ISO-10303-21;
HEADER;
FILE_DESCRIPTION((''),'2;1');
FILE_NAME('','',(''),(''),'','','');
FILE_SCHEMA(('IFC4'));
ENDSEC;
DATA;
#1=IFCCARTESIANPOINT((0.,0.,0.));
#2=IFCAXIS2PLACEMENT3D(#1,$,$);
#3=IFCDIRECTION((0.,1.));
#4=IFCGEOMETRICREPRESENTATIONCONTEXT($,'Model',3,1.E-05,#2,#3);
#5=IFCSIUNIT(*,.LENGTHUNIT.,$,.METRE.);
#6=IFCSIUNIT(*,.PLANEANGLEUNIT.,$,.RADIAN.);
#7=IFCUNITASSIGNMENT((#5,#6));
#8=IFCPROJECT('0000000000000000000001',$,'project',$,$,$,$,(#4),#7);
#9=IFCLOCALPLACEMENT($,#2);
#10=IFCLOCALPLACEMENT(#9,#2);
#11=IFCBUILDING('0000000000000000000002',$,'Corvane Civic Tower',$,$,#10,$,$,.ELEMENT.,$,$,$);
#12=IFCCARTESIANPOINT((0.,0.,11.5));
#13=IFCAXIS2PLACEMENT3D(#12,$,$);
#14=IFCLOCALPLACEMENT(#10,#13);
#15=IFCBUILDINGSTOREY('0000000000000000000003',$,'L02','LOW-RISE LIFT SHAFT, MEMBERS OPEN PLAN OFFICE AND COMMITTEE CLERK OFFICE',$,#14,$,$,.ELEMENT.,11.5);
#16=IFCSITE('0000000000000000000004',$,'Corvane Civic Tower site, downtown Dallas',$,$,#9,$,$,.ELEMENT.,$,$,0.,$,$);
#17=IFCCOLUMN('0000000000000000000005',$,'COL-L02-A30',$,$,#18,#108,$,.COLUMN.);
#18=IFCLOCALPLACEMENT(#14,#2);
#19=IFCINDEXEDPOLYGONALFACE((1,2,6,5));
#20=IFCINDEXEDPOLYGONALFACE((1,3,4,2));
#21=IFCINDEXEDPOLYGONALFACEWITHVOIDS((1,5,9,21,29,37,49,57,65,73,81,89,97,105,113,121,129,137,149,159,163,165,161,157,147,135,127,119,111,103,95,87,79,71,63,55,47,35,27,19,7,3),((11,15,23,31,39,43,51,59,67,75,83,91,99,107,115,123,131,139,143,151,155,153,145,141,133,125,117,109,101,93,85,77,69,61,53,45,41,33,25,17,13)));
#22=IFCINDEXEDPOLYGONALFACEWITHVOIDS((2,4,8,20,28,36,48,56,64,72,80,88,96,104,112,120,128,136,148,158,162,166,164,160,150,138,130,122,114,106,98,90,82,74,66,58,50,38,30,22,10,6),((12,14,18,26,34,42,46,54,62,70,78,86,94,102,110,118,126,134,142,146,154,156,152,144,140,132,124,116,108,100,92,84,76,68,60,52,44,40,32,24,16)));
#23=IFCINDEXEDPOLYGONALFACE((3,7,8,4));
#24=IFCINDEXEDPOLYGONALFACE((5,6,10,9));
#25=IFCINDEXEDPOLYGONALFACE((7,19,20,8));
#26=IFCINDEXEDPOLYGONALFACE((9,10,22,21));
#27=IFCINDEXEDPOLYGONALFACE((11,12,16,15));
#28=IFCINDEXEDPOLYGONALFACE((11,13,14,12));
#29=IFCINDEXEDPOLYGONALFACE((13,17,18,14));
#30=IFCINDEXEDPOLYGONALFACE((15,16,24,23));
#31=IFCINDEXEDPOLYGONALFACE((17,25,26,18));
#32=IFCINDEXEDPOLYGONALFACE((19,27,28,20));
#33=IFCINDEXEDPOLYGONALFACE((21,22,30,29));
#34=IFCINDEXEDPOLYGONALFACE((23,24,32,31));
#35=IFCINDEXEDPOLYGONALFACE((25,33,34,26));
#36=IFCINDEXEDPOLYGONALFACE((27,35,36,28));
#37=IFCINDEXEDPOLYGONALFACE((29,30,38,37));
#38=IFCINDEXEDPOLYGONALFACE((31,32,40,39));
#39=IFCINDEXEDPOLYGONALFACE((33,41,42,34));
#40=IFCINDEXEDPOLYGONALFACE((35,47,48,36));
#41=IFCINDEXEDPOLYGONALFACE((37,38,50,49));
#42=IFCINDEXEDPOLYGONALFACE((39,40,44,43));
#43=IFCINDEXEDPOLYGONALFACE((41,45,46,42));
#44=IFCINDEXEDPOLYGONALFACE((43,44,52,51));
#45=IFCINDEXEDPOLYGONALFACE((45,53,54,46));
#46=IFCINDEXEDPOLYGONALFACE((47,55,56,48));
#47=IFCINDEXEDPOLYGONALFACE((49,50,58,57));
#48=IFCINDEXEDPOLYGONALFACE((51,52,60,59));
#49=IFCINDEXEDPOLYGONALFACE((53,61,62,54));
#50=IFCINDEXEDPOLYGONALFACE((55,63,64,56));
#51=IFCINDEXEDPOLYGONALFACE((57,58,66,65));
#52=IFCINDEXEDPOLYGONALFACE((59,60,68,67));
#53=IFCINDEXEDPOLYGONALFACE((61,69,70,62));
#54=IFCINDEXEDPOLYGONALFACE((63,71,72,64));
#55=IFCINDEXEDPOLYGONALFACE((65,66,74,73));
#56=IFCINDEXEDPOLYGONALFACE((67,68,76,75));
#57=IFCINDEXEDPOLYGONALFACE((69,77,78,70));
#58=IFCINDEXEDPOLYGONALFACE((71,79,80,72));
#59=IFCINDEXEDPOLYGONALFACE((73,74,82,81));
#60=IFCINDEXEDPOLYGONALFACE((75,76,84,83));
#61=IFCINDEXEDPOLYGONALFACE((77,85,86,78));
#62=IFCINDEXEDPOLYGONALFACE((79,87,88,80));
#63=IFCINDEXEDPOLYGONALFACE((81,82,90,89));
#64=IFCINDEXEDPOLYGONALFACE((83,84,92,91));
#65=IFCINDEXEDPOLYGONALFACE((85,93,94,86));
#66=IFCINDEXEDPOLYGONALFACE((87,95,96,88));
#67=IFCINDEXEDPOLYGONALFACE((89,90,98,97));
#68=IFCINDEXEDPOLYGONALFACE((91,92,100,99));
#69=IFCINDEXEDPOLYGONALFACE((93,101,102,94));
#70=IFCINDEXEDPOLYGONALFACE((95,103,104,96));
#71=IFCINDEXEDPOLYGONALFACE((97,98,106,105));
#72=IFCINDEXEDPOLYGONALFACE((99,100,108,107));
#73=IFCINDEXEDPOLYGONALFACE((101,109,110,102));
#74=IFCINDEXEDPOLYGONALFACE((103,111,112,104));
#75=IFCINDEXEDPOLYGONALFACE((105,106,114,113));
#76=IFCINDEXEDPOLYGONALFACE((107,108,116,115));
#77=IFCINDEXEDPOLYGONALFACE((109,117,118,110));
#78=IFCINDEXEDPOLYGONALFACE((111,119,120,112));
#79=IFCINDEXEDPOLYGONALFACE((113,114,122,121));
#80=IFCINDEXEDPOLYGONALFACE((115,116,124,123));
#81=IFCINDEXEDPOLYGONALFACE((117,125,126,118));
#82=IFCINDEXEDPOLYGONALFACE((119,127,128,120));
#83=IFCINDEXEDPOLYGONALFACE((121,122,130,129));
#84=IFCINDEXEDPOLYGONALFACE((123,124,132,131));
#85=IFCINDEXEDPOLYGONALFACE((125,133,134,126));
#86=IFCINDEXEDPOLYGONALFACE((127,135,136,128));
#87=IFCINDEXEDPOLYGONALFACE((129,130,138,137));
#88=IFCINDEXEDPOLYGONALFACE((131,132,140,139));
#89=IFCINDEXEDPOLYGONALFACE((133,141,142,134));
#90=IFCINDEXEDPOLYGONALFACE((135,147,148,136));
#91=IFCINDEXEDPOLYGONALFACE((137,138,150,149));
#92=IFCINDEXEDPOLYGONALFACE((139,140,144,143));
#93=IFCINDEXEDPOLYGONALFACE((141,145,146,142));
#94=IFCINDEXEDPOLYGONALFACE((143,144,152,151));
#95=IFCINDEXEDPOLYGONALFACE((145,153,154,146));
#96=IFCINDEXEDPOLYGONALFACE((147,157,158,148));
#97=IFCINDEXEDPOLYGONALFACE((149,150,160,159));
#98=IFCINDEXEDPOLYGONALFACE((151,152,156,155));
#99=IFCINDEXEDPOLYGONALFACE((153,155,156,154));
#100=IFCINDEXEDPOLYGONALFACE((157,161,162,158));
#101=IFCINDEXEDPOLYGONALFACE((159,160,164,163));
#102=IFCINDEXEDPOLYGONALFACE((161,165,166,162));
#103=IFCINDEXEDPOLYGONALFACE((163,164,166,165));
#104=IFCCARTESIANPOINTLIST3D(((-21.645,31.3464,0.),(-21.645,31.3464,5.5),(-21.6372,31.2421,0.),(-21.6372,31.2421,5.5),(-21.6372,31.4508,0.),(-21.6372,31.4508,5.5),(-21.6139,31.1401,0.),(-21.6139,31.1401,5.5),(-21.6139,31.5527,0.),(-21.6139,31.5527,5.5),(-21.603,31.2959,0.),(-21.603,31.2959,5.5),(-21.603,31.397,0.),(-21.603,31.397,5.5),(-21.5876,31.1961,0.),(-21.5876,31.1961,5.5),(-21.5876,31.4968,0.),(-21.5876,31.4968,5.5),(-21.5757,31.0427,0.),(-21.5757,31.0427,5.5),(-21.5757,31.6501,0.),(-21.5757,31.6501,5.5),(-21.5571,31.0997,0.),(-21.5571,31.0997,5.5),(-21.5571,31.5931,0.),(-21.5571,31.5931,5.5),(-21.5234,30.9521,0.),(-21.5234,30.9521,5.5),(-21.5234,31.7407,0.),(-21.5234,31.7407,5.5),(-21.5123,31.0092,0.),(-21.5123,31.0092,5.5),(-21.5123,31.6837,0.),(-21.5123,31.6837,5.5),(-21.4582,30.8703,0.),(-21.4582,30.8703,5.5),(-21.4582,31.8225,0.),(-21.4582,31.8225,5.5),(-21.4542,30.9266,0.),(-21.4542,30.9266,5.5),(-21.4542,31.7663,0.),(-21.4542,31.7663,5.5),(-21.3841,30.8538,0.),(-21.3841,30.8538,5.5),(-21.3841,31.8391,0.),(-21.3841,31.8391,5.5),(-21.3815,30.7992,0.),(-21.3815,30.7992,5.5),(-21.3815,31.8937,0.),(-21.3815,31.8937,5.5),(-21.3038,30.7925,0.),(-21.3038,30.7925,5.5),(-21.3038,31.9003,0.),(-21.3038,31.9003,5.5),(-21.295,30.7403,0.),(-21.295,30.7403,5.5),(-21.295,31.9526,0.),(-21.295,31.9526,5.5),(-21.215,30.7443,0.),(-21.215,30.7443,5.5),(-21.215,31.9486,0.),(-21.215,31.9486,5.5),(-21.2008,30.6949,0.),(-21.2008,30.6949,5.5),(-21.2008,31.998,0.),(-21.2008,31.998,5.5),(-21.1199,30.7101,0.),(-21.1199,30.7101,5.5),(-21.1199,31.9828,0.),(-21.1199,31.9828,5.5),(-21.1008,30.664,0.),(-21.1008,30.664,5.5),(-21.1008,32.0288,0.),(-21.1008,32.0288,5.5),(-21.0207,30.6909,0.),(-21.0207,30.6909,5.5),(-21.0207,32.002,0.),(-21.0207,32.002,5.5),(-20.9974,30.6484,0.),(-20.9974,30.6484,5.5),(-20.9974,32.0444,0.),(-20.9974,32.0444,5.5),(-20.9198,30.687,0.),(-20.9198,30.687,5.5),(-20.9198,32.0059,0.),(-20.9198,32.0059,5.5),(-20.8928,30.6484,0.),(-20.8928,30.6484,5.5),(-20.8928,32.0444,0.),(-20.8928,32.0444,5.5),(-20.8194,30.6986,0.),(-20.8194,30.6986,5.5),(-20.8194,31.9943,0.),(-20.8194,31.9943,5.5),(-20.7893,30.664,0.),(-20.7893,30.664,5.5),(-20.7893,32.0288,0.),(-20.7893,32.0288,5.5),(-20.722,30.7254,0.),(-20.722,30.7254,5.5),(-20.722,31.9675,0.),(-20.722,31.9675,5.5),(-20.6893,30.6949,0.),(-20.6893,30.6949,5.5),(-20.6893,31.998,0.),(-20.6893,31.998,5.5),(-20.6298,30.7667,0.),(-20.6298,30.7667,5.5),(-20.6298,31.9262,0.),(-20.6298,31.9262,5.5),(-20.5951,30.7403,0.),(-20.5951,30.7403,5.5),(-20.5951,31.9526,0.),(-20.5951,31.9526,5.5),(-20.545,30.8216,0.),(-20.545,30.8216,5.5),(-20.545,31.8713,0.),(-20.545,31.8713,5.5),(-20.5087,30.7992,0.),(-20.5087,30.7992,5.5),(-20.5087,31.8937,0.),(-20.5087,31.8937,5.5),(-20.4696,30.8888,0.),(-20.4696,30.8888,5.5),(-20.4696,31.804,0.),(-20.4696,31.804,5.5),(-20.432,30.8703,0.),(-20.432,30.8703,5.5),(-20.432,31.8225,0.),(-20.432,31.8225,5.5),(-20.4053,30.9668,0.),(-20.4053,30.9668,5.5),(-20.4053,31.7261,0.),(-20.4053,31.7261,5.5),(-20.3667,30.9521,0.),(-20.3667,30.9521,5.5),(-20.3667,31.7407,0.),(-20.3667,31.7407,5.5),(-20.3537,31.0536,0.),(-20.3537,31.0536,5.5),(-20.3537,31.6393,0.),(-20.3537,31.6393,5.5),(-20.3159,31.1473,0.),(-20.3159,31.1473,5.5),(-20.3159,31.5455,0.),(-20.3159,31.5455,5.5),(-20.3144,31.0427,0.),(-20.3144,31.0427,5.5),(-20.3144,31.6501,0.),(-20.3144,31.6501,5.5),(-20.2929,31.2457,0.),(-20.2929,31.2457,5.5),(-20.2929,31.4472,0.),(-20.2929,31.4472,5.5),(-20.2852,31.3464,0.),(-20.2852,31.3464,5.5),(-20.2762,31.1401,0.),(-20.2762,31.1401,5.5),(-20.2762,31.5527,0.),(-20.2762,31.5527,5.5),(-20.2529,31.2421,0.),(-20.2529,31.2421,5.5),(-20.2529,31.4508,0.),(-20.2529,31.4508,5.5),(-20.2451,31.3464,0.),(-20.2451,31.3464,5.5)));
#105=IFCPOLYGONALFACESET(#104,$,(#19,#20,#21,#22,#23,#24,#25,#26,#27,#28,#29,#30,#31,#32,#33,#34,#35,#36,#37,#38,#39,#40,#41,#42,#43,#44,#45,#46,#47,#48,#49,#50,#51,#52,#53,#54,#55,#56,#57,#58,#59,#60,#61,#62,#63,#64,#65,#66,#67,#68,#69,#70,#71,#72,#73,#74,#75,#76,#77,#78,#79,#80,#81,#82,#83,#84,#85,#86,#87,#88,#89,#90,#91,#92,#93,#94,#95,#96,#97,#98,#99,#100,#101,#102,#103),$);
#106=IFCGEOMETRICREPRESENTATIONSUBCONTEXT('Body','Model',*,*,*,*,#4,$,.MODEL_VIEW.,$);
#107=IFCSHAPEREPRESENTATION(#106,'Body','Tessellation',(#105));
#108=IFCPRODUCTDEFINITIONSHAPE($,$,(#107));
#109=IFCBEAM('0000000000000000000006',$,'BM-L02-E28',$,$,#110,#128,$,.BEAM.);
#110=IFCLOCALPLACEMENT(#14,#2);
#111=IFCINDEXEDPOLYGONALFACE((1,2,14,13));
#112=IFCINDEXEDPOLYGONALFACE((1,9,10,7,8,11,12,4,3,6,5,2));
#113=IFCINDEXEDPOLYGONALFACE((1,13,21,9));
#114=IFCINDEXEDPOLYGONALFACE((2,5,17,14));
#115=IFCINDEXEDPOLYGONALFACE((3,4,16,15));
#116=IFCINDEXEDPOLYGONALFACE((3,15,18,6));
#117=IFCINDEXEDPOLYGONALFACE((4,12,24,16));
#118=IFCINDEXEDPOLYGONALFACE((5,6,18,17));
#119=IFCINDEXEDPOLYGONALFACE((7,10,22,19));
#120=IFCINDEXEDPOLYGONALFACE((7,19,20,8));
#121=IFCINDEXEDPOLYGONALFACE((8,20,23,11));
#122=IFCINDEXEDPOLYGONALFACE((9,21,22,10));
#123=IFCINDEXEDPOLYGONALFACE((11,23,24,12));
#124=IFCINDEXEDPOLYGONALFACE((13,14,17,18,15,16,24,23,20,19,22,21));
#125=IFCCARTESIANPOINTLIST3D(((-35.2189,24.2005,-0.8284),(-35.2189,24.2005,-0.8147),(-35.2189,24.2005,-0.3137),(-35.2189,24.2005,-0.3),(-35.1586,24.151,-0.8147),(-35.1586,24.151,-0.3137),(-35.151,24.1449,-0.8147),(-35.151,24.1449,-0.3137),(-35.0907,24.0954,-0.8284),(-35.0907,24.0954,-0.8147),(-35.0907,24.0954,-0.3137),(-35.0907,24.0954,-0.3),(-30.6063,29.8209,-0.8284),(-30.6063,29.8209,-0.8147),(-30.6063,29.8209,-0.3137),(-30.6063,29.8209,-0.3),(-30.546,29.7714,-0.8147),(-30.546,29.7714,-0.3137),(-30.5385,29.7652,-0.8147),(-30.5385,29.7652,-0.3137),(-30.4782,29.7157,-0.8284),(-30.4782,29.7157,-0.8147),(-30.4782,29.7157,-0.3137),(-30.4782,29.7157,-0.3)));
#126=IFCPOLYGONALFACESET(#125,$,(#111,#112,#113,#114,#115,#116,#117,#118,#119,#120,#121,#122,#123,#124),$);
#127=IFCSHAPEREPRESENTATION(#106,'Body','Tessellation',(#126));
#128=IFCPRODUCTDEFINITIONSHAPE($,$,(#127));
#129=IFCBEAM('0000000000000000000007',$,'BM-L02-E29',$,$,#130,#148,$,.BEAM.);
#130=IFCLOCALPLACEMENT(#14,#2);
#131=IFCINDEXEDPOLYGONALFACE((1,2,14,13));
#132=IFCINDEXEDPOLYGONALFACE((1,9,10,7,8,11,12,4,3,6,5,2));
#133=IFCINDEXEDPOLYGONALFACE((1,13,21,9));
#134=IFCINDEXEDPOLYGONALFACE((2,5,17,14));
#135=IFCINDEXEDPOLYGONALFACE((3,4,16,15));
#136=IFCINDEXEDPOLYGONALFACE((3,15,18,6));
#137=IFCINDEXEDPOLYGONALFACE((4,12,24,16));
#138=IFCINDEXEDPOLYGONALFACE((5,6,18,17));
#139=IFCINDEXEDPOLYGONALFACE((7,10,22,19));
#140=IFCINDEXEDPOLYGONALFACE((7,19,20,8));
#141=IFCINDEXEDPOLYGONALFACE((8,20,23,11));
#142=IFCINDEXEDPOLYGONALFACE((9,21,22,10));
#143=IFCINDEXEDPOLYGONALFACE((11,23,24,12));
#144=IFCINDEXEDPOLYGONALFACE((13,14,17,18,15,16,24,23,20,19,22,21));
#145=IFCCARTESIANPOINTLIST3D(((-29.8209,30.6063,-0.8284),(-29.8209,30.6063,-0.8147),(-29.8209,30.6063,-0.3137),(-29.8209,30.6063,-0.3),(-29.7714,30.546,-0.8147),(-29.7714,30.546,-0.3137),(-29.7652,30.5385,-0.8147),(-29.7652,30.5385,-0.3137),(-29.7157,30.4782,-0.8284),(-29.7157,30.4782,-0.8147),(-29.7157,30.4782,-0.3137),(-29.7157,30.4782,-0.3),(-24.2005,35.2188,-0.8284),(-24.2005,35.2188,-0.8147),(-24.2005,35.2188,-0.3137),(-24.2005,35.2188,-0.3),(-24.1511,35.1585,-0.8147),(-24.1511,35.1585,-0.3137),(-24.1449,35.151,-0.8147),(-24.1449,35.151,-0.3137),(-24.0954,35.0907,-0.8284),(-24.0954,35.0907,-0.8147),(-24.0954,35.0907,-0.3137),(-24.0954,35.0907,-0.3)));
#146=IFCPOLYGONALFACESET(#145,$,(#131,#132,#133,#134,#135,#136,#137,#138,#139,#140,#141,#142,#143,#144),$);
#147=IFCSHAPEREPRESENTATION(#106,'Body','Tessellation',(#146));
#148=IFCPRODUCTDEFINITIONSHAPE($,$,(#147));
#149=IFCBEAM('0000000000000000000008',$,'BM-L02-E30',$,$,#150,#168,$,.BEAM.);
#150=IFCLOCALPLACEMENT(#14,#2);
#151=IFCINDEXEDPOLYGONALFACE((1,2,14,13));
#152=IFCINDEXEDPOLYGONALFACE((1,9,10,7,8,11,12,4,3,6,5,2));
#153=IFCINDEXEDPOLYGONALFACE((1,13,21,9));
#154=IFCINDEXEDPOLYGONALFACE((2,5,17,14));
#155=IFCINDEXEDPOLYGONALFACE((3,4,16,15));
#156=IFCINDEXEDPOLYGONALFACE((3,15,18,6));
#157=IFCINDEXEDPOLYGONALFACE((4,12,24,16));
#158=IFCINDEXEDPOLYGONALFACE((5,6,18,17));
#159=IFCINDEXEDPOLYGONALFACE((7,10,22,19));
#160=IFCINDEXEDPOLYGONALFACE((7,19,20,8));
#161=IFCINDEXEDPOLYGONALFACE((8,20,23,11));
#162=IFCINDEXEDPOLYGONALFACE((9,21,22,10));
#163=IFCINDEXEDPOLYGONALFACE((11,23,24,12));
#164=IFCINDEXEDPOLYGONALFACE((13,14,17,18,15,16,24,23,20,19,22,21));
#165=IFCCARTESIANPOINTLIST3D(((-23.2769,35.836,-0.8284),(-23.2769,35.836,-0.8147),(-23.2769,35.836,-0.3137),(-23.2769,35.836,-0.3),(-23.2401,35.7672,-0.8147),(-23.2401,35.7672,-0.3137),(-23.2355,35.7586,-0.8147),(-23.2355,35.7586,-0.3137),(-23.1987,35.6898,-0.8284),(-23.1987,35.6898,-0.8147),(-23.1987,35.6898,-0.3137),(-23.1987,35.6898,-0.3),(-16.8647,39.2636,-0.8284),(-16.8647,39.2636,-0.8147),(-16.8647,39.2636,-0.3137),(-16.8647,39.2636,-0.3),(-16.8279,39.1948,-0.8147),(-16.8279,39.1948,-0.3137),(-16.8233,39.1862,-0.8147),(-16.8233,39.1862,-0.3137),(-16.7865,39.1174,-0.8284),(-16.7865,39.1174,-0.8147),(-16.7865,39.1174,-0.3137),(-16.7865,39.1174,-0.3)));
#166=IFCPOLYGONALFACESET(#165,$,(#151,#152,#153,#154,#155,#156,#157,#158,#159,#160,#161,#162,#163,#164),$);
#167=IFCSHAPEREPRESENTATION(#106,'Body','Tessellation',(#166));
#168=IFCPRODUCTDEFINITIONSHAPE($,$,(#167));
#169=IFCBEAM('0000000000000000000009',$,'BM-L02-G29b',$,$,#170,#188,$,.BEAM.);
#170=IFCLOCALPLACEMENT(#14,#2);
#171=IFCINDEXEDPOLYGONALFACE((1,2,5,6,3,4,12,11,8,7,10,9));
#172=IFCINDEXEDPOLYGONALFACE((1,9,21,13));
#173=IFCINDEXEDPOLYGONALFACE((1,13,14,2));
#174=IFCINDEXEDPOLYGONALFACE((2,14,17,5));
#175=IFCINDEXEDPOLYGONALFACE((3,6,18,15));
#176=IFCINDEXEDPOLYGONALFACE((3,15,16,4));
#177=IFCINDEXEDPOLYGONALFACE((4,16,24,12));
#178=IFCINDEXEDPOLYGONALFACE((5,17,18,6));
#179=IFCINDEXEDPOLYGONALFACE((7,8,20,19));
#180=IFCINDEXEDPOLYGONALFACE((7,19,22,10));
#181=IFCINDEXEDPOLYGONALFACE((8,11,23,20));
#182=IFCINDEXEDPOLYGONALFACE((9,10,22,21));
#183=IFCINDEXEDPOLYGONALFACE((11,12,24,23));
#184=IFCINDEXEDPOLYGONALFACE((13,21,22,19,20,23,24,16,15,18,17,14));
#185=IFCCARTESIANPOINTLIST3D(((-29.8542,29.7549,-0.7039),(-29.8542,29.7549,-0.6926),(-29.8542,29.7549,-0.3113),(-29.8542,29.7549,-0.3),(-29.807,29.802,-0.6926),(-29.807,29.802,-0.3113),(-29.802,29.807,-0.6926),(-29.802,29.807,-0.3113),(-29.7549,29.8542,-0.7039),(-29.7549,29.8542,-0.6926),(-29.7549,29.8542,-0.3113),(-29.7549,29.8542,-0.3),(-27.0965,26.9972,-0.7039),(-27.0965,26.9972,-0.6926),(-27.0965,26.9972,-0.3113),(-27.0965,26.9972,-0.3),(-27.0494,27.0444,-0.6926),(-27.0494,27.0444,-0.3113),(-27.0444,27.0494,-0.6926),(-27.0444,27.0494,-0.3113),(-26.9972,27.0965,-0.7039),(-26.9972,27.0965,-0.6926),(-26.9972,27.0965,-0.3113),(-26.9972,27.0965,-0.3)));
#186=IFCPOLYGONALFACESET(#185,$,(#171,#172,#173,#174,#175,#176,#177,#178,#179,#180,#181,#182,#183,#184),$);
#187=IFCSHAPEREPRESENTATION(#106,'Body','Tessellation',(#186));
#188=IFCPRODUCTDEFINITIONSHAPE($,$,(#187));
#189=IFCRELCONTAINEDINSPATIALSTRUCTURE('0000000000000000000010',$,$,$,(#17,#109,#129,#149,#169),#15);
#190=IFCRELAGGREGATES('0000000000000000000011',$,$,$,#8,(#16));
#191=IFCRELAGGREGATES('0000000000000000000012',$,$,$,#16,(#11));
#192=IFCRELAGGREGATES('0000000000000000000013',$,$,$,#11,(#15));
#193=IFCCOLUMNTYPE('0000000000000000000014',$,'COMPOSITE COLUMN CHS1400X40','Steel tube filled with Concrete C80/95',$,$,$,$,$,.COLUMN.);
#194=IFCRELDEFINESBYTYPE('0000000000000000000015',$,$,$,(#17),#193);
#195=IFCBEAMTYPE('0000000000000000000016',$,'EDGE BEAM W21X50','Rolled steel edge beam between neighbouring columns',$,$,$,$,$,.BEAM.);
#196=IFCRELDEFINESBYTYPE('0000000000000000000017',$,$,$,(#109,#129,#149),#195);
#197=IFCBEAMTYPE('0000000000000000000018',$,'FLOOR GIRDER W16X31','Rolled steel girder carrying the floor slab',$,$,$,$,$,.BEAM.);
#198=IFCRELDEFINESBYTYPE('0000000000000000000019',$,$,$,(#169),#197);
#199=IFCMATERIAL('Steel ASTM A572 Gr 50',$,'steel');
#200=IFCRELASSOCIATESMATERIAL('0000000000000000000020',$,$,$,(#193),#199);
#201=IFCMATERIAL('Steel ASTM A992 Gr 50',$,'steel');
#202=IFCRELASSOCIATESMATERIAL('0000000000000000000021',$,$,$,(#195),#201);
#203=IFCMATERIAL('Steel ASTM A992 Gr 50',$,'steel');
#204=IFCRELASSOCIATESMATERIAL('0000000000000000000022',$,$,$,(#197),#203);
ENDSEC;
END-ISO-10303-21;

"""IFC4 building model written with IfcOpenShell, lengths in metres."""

from ifc_helpers import new_model, si_unit, direction, frame, origin, origin_2d, place, context, subcontext, project, spatial, hollow_circle, i_section, extrude, material, material_profile, profile_set, type_object, element, save


model = new_model("IFC4")

# Units and contexts
model_context = context("Model", 3, precision=1e-05, world=origin(), true_north=direction((0.0, 1.0)))
body_context = subcontext(model_context, "Body", "Model", "MODEL_VIEW")
ifc_project = project(units=[si_unit("LENGTHUNIT", "METRE"), si_unit("PLANEANGLEUNIT", "RADIAN")], contexts=[model_context])

# Site, building, storey
site_placement = place(None, origin())
site = spatial("IfcSite", under=ifc_project, at=site_placement, Name="Corvane Civic Tower site, downtown Dallas", CompositionType="ELEMENT", RefElevation=0.0)
building_placement = place(site_placement, origin())
building = spatial("IfcBuilding", under=site, at=building_placement, Name="Corvane Civic Tower", CompositionType="ELEMENT")
storey_placement = place(building_placement, frame((0.0, 0.0, 11.5)))
storey = spatial("IfcBuildingStorey", under=building, at=storey_placement, Name="L02", Description="LOW-RISE LIFT SHAFT, MEMBERS OPEN PLAN OFFICE AND COMMITTEE CLERK OFFICE", CompositionType="ELEMENT", Elevation=11.5)

# Column
ifc_material_1 = material(Name="Steel ASTM A572 Gr 50", Category="steel")
ifc_material_profile_1 = material_profile(ifc_material_1, hollow_circle(Radius=0.7, WallThickness=0.04, at=origin_2d()), Name="CHS1400X40")
ifc_profile_set_1 = profile_set([ifc_material_profile_1], Name="Steel ASTM A572 Gr 50")
column_type_1 = type_object("IfcColumnType", Name="COMPOSITE COLUMN CHS1400X40", Description="Steel tube filled with Concrete C80/95", PredefinedType="COLUMN", material=ifc_profile_set_1)
for number, where, z_axis, x_axis, name in (
    (1, (-20.9451, 31.3464, 0.0), (0.0, 0.0, 1.0), (1.0, 0.0, 0.0), "COL-L02-A30"),
):
    element("IfcColumn", number, at=place(storey_placement, frame(where, z_axis=z_axis, x_axis=x_axis)), inside=storey, type_object=column_type_1, Name=name, PredefinedType="COLUMN", context=body_context, shape_type="SweptSolid", body=[
        extrude(hollow_circle(Radius=0.7, WallThickness=0.04, at=origin_2d()), origin(), (0.0, 0.0, 1.0), 5.5),
    ])

# Beams
ifc_material_2 = material(Name="Steel ASTM A992 Gr 50", Category="steel")
ifc_material_profile_2 = material_profile(ifc_material_2, i_section(OverallWidth=0.1658, OverallDepth=0.5283, WebThickness=0.0098, FlangeThickness=0.0137, at=origin_2d()), Name="W21X50")
ifc_profile_set_2 = profile_set([ifc_material_profile_2], Name="Steel ASTM A992 Gr 50")
beam_type_1 = type_object("IfcBeamType", Name="EDGE BEAM W21X50", Description="Rolled steel edge beam between neighbouring columns", PredefinedType="BEAM", material=ifc_profile_set_2)
for number, where, z_axis, x_axis, name in (
    (2, (-35.1548, 24.1479, -0.5642), (0.634396, 0.773008, 0.0), (-0.773008, 0.634396, 0.0), "BM-L02-E28"),
    (3, (-29.7683, 30.5422, -0.5642), (0.773008, 0.634396, 0.0), (-0.634396, 0.773008, 0.0), "BM-L02-E29"),
    (4, (-23.2378, 35.7629, -0.5642), (0.881913, 0.471412, 0.0), (-0.471412, 0.881913, 0.0), "BM-L02-E30"),
):
    element("IfcBeam", number, at=place(storey_placement, frame(where, z_axis=z_axis, x_axis=x_axis)), inside=storey, type_object=beam_type_1, Name=name, PredefinedType="BEAM", context=body_context, shape_type="SweptSolid", body=[
        extrude(i_section(OverallWidth=0.1658, OverallDepth=0.5283, WebThickness=0.0098, FlangeThickness=0.0137, at=origin_2d()), origin(), (0.0, 0.0, 1.0), 7.2708),
    ])
ifc_material_3 = material(Name="Steel ASTM A992 Gr 50", Category="steel")
ifc_material_profile_3 = material_profile(ifc_material_3, i_section(OverallWidth=0.1404, OverallDepth=0.4038, WebThickness=0.0071, FlangeThickness=0.0112, at=origin_2d()), Name="W16X31")
ifc_profile_set_3 = profile_set([ifc_material_profile_3], Name="Steel ASTM A992 Gr 50")
beam_type_2 = type_object("IfcBeamType", Name="FLOOR GIRDER W16X31", Description="Rolled steel girder carrying the floor slab", PredefinedType="BEAM", material=ifc_profile_set_3)
for number, where, z_axis, x_axis, name in (
    (5, (-27.0469, 27.0469, -0.502), (-0.707107, 0.707107, 0.0), (-0.707107, -0.707107, 0.0), "BM-L02-G29b"),
):
    element("IfcBeam", number, at=place(storey_placement, frame(where, z_axis=z_axis, x_axis=x_axis)), inside=storey, type_object=beam_type_2, Name=name, PredefinedType="BEAM", context=body_context, shape_type="SweptSolid", body=[
        extrude(i_section(OverallWidth=0.1404, OverallDepth=0.4038, WebThickness=0.0071, FlangeThickness=0.0112, at=origin_2d()), origin(), (0.0, 0.0, 1.0), 3.8999),
    ])

save(model, "model.ifc")
